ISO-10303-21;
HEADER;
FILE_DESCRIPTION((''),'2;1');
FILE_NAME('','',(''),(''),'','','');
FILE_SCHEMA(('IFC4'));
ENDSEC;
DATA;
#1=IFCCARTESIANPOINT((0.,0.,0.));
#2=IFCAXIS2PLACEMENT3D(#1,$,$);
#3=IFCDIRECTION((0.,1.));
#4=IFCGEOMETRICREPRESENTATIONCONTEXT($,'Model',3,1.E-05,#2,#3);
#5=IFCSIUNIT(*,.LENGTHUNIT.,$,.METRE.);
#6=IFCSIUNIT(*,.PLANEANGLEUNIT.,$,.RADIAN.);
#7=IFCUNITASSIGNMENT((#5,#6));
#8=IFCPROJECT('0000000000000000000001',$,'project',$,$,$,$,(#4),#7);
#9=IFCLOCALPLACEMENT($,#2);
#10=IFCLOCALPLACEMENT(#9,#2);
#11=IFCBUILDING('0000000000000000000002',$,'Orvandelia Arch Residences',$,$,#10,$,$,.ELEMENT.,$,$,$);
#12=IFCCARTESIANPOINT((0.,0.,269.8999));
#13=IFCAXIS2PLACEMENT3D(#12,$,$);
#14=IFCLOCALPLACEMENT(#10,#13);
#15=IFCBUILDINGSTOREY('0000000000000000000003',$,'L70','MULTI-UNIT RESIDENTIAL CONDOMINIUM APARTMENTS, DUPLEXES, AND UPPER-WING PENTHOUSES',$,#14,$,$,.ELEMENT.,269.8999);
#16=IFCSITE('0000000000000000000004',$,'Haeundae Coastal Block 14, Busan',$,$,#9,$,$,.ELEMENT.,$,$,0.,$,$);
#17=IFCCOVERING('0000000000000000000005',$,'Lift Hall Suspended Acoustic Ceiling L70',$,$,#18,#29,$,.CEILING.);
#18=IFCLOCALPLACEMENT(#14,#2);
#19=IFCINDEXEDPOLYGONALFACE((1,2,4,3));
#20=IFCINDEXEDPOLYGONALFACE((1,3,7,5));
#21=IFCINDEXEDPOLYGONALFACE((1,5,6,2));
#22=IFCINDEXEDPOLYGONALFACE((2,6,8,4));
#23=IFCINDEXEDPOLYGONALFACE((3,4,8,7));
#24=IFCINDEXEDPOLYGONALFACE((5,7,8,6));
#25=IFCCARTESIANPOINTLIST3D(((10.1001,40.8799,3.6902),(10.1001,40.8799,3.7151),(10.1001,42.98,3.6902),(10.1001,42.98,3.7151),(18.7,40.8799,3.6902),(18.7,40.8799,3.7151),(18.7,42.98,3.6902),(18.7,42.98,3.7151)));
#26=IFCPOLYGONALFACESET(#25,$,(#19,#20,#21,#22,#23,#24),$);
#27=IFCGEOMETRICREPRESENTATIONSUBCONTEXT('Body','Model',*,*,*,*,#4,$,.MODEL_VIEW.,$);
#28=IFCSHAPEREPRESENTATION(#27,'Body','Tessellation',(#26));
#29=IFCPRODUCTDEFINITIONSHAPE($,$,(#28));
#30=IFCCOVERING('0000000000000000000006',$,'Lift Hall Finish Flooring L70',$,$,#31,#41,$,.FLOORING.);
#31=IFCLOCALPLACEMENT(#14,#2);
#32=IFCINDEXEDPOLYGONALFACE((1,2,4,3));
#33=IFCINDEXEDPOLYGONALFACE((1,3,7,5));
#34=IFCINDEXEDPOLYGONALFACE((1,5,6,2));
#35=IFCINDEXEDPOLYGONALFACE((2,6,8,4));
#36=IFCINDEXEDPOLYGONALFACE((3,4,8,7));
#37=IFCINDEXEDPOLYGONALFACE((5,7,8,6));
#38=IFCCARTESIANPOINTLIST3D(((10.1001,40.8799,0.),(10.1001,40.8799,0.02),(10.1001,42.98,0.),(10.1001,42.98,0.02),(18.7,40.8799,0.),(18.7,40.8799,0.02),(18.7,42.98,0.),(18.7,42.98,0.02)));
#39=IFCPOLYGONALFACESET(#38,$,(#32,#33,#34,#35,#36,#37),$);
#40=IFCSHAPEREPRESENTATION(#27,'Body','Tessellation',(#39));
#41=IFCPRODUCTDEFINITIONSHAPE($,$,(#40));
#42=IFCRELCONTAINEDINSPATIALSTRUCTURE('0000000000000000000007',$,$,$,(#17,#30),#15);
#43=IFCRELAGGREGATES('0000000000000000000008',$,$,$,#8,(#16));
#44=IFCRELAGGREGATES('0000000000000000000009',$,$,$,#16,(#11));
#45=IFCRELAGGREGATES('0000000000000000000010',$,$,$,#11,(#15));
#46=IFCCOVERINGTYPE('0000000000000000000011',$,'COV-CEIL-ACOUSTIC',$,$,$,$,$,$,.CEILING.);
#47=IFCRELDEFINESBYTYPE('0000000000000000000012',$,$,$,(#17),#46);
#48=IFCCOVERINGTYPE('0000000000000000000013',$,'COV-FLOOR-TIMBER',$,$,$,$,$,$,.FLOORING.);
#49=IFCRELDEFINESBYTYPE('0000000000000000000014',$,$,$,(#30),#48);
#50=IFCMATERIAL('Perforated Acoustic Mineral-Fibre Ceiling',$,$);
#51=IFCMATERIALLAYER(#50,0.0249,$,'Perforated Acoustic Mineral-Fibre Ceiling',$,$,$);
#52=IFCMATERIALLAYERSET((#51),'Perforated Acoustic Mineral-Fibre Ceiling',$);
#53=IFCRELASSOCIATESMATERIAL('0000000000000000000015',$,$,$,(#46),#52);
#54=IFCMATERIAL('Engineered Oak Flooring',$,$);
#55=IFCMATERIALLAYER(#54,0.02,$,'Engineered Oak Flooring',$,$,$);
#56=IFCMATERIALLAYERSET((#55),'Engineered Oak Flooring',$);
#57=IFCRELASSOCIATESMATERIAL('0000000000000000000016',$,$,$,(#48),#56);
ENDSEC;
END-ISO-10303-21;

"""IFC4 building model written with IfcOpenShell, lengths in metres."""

from ifc_helpers import new_model, si_unit, direction, frame, origin, place, context, subcontext, project, spatial, polyline, outline, extrude, material, layer, layer_set, type_object, element, save


model = new_model("IFC4")

# Units and contexts
model_context = context("Model", 3, precision=1e-05, world=origin(), true_north=direction((0.0, 1.0)))
body_context = subcontext(model_context, "Body", "Model", "MODEL_VIEW")
ifc_project = project(units=[si_unit("LENGTHUNIT", "METRE"), si_unit("PLANEANGLEUNIT", "RADIAN")], contexts=[model_context])

# Site, building, storey
site_placement = place(None, origin())
site = spatial("IfcSite", under=ifc_project, at=site_placement, Name="Haeundae Coastal Block 14, Busan", CompositionType="ELEMENT", RefElevation=0.0)
building_placement = place(site_placement, origin())
building = spatial("IfcBuilding", under=site, at=building_placement, Name="Orvandelia Arch Residences", CompositionType="ELEMENT")
storey_placement = place(building_placement, frame((0.0, 0.0, 269.8999)))
storey = spatial("IfcBuildingStorey", under=building, at=storey_placement, Name="L70", Description="MULTI-UNIT RESIDENTIAL CONDOMINIUM APARTMENTS, DUPLEXES, AND UPPER-WING PENTHOUSES", CompositionType="ELEMENT", Elevation=269.8999)

# Coverings
ifc_material_1 = material(Name="Perforated Acoustic Mineral-Fibre Ceiling")
ifc_layer_1 = layer(ifc_material_1, 0.0249, Name="Perforated Acoustic Mineral-Fibre Ceiling")
ifc_layer_set_1 = layer_set([ifc_layer_1], Name="Perforated Acoustic Mineral-Fibre Ceiling")
covering_type_1 = type_object("IfcCoveringType", Name="COV-CEIL-ACOUSTIC", PredefinedType="CEILING", material=ifc_layer_set_1)
covering_1_placement = place(storey_placement, frame((0.0, 0.0, 3.6902)))
element("IfcCovering", 1, at=covering_1_placement, inside=storey, type_object=covering_type_1, Name="Lift Hall Suspended Acoustic Ceiling L70", PredefinedType="CEILING", context=body_context, shape_type="SweptSolid", body=[
    extrude(outline(polyline([(10.1001, 40.8799), (18.7, 40.8799), (18.7, 42.98), (10.1001, 42.98), (10.1001, 40.8799)])), origin(), (0.0, 0.0, 1.0), 0.0249),
])
ifc_material_2 = material(Name="Engineered Oak Flooring")
ifc_layer_2 = layer(ifc_material_2, 0.02, Name="Engineered Oak Flooring")
ifc_layer_set_2 = layer_set([ifc_layer_2], Name="Engineered Oak Flooring")
covering_type_2 = type_object("IfcCoveringType", Name="COV-FLOOR-TIMBER", PredefinedType="FLOORING", material=ifc_layer_set_2)
covering_2_placement = place(storey_placement, origin())
element("IfcCovering", 2, at=covering_2_placement, inside=storey, type_object=covering_type_2, Name="Lift Hall Finish Flooring L70", PredefinedType="FLOORING", context=body_context, shape_type="SweptSolid", body=[
    extrude(outline(polyline([(10.1001, 40.8799), (18.7, 40.8799), (18.7, 42.98), (10.1001, 42.98), (10.1001, 40.8799)])), origin(), (0.0, 0.0, 1.0), 0.02),
])

save(model, "model.ifc")
